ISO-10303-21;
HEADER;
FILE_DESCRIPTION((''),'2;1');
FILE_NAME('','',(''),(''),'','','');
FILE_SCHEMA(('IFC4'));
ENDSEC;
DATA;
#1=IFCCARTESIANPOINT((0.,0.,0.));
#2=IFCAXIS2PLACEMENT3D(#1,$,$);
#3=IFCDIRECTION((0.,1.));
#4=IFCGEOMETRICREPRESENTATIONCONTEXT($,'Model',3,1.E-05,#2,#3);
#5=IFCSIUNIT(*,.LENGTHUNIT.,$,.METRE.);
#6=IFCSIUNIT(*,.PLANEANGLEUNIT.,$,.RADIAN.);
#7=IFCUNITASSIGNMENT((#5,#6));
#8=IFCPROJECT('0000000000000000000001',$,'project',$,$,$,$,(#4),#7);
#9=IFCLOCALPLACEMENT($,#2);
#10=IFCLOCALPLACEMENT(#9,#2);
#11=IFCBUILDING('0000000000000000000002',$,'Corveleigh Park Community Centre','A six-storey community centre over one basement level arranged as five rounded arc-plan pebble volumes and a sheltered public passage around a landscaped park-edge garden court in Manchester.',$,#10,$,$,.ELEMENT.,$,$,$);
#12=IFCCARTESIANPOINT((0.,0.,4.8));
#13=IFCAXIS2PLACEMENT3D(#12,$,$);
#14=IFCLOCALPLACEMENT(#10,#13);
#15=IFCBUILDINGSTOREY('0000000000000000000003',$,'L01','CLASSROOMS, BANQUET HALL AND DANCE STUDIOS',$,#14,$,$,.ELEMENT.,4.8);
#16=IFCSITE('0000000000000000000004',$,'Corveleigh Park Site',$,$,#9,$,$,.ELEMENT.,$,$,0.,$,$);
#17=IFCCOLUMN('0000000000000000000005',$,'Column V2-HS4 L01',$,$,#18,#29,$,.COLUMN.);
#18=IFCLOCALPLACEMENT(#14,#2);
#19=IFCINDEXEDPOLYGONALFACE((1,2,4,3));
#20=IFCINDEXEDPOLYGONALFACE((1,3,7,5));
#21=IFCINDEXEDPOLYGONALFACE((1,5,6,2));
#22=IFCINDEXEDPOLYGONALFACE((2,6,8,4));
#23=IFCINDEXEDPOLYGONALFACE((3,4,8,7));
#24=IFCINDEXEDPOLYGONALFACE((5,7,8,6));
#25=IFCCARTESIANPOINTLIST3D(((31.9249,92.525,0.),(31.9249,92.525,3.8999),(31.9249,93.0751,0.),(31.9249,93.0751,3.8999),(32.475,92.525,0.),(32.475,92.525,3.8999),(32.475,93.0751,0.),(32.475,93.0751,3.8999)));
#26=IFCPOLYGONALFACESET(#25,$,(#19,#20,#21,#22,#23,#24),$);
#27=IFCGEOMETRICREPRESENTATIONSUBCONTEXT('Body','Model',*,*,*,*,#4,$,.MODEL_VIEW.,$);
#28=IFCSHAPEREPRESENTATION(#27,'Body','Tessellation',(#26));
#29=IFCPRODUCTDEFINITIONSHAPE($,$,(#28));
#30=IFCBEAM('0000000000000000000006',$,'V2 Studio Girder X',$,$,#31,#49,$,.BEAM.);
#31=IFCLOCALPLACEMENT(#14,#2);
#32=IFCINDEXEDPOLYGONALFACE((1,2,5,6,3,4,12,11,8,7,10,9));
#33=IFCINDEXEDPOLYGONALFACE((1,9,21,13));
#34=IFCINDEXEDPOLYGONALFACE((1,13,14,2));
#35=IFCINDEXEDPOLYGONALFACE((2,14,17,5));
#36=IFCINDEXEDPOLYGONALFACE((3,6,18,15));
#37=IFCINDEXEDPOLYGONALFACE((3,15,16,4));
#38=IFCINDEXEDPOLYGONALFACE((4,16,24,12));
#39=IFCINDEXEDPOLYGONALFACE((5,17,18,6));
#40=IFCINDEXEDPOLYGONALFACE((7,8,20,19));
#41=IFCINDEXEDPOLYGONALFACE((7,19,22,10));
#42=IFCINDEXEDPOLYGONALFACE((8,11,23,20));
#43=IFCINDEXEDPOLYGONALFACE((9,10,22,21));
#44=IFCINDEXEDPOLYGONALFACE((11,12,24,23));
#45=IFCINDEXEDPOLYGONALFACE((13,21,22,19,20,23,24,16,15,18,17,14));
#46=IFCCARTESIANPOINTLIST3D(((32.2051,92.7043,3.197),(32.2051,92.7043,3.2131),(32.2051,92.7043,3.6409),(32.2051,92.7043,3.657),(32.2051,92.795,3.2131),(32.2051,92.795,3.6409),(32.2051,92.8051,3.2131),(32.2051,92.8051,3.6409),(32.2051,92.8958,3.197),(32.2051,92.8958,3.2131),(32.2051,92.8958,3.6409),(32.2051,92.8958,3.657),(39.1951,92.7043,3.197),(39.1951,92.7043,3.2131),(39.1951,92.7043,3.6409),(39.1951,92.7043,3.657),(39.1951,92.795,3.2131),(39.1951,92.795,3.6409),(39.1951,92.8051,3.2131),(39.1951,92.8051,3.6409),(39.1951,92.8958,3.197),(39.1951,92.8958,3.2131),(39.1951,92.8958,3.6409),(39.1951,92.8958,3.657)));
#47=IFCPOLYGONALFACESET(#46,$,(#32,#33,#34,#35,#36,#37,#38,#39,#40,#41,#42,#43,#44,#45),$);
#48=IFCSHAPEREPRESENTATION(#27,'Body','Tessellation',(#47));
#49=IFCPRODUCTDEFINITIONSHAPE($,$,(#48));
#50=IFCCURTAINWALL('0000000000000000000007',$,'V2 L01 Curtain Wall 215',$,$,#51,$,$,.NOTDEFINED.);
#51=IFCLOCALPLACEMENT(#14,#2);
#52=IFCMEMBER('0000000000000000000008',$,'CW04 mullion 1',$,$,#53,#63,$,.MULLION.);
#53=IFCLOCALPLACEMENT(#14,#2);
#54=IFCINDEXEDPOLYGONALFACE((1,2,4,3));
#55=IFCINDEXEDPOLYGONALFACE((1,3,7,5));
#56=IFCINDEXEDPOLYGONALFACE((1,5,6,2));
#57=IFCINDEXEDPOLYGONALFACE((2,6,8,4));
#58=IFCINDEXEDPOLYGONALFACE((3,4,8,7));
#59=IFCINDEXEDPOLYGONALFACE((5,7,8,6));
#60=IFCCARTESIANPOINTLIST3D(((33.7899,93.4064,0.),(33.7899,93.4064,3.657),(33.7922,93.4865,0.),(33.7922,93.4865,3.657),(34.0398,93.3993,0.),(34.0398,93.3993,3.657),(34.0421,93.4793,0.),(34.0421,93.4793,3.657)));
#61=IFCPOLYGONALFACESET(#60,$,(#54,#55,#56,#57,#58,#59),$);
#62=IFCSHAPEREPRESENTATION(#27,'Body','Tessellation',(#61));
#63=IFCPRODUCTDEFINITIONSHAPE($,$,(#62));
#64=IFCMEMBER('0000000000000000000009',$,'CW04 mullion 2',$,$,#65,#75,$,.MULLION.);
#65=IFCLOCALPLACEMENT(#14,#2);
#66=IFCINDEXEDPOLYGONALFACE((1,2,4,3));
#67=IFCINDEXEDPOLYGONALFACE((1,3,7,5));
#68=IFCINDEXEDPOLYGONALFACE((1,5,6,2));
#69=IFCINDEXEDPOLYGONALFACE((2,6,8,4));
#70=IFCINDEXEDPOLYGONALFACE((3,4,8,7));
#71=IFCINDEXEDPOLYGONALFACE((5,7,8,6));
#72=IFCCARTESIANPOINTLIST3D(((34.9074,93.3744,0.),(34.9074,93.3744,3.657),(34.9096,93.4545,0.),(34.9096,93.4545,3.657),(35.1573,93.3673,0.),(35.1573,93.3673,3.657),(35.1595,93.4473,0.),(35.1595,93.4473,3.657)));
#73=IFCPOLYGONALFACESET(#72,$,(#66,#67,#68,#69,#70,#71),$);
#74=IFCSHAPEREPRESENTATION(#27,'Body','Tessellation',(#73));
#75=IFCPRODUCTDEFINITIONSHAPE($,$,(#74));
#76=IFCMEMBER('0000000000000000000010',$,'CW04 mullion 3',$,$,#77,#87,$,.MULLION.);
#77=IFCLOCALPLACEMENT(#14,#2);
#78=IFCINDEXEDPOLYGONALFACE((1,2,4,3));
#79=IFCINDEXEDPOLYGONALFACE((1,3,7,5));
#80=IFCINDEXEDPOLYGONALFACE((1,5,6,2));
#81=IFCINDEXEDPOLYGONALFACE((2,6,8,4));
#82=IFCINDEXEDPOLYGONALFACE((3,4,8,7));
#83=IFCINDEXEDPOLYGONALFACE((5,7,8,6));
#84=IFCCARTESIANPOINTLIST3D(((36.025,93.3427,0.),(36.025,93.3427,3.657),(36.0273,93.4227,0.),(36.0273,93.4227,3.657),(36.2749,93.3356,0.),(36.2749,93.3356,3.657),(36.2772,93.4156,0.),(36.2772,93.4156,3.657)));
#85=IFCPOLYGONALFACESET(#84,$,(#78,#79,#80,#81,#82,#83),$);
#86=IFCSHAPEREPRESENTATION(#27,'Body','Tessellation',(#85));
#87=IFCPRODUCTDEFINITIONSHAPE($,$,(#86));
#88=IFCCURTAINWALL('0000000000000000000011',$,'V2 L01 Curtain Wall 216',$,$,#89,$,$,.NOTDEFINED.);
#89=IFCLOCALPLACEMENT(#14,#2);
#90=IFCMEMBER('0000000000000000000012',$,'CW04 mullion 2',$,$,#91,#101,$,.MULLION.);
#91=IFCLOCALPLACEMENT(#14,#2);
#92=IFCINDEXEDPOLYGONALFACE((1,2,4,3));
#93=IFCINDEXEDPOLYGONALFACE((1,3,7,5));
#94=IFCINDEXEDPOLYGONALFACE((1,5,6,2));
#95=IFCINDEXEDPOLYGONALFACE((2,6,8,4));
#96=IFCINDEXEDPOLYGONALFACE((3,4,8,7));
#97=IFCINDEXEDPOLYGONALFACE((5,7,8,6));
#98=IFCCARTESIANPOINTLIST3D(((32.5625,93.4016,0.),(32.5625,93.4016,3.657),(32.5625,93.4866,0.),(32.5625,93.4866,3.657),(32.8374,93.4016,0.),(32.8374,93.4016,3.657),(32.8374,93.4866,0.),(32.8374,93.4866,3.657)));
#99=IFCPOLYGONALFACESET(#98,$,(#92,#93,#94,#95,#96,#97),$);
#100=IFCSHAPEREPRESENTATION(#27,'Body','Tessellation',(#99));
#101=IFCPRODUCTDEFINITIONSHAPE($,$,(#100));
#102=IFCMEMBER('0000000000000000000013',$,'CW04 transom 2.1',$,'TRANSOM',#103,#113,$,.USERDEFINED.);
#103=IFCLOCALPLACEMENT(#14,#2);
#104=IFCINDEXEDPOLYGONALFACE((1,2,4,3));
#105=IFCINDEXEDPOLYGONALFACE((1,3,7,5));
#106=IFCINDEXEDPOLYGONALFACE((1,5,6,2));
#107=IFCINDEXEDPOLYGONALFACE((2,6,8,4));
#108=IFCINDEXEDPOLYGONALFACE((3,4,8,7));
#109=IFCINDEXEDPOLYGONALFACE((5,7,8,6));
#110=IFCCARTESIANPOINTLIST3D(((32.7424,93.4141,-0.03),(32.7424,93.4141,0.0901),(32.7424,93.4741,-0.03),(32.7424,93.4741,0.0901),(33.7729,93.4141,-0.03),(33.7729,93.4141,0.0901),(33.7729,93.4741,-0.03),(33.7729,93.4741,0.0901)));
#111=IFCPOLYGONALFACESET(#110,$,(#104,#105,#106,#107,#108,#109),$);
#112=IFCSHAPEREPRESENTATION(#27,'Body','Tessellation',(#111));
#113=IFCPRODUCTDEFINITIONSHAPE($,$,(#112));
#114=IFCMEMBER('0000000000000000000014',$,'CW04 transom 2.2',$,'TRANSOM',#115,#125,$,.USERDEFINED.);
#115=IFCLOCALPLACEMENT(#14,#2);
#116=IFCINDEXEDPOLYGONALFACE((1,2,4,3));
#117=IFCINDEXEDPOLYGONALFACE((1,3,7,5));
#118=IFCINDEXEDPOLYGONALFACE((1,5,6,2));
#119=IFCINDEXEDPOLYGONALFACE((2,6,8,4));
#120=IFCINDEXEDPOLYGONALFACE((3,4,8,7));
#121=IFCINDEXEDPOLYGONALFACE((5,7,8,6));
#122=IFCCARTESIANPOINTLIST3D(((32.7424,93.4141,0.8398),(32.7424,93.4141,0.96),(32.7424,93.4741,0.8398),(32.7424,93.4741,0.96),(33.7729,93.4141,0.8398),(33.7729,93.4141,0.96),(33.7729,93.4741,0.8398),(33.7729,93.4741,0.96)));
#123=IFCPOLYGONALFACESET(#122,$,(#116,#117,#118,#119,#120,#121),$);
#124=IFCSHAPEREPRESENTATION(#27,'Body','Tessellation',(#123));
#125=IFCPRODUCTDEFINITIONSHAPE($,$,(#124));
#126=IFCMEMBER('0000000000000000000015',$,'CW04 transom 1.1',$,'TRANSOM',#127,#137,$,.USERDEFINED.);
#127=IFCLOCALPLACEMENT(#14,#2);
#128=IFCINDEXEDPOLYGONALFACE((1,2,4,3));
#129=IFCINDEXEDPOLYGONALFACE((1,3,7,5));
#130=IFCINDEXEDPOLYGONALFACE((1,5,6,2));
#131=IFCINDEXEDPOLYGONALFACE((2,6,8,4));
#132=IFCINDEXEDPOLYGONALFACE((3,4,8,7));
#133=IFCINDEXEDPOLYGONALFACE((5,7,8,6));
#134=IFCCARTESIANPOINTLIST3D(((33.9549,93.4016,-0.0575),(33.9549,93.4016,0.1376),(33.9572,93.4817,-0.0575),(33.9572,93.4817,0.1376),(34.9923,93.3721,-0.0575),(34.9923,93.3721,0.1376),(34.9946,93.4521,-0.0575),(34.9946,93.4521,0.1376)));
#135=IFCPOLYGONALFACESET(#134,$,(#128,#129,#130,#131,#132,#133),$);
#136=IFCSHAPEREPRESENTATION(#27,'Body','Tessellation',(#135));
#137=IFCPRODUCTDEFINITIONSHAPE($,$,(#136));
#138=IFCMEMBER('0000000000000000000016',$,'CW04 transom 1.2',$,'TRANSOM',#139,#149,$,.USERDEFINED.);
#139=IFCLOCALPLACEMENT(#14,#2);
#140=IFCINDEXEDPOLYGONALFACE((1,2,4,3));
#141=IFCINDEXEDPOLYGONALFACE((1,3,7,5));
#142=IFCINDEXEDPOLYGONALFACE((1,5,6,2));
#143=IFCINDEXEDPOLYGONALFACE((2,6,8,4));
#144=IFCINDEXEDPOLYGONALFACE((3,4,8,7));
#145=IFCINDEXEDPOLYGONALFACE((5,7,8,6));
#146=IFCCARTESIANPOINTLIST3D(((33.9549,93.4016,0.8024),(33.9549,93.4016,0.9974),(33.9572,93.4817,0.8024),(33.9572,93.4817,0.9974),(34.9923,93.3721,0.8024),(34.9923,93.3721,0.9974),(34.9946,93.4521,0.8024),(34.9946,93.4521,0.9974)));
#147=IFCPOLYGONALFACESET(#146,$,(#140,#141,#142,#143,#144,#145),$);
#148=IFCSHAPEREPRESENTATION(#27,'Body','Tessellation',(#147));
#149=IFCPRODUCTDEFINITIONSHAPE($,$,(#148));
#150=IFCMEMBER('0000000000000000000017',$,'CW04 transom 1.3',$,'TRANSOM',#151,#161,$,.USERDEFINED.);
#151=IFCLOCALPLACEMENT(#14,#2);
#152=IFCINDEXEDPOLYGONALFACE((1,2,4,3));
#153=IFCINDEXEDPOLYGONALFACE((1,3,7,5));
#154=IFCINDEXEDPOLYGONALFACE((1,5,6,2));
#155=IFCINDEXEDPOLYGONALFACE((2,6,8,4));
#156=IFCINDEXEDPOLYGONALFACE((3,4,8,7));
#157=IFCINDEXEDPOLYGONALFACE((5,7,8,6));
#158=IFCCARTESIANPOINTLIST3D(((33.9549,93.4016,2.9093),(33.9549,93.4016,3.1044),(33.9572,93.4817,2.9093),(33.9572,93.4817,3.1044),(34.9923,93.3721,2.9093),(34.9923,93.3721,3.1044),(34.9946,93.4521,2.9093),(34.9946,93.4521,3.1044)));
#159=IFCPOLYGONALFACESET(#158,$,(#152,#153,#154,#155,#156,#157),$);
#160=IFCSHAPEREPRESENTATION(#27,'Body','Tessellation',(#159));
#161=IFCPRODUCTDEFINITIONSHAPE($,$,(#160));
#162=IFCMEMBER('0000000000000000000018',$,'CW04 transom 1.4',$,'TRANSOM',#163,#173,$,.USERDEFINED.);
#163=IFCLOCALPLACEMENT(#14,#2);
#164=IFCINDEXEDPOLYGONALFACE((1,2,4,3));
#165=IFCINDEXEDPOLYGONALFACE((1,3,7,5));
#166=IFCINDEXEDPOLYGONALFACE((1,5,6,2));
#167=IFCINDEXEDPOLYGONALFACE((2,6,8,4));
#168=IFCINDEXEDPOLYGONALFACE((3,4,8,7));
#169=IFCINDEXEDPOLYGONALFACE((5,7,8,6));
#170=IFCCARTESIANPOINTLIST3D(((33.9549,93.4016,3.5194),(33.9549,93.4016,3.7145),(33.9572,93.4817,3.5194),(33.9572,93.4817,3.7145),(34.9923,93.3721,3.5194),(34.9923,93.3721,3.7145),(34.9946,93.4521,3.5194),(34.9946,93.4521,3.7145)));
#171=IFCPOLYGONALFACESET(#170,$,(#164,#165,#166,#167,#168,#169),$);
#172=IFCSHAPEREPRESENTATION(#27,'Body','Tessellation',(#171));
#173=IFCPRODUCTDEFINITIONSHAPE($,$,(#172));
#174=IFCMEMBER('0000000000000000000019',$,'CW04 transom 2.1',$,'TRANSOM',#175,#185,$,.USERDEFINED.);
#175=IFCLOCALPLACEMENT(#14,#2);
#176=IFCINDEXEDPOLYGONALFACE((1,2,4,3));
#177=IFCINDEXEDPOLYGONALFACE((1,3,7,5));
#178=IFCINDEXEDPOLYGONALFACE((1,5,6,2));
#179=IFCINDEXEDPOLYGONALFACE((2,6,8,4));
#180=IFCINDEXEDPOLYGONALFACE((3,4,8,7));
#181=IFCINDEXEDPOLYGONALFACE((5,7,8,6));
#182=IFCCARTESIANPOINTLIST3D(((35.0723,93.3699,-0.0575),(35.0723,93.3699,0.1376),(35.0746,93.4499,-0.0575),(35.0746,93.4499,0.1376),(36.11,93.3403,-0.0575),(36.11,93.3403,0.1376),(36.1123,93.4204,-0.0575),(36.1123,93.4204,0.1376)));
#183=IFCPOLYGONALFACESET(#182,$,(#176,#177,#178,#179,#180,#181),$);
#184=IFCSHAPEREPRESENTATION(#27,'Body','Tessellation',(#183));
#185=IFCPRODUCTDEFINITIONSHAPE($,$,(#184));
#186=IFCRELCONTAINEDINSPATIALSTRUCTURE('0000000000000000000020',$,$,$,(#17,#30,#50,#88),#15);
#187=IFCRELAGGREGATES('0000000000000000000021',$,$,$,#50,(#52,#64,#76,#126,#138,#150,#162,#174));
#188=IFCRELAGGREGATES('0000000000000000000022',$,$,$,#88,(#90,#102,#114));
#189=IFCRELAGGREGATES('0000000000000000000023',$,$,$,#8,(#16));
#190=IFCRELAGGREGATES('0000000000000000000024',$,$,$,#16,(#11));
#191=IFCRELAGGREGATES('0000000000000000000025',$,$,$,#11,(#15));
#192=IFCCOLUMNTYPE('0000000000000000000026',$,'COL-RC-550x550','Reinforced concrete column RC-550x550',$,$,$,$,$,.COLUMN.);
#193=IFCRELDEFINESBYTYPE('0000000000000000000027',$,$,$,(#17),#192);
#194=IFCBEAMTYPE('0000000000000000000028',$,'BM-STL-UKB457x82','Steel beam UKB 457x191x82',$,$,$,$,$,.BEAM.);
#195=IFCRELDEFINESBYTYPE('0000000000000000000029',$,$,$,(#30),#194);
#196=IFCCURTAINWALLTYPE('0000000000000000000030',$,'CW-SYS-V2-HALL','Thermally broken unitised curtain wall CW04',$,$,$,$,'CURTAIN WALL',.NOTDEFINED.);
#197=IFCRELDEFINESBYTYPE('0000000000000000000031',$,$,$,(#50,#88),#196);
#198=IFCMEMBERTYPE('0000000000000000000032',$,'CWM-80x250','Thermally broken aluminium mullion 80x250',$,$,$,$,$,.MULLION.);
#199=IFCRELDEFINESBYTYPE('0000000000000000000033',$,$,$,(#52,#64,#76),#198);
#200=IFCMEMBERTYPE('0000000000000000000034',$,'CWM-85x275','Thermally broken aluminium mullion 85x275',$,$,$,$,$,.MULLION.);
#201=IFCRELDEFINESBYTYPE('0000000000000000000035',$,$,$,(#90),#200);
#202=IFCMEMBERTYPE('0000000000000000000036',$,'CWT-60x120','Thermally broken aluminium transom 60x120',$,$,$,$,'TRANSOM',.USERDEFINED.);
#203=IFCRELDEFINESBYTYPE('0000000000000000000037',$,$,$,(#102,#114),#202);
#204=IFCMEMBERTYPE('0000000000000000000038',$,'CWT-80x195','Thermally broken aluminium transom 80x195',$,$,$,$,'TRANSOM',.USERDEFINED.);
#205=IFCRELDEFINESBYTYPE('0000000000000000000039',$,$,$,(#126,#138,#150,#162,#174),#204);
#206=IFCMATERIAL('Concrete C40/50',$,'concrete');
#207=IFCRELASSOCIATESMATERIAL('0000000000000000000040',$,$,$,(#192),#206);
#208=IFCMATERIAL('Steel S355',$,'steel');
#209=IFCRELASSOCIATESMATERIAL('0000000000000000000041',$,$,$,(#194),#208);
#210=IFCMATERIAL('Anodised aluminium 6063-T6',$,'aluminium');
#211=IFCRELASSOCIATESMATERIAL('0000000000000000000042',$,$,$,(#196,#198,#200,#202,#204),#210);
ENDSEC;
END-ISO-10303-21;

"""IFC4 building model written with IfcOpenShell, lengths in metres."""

from ifc_helpers import new_model, si_unit, direction, frame, origin, origin_2d, place, context, subcontext, project, spatial, rectangle, i_section, extrude, material, material_profile, profile_set, type_object, element, aggregate, save


model = new_model("IFC4")

# Units and contexts
model_context = context("Model", 3, precision=1e-05, world=origin(), true_north=direction((0.0, 1.0)))
body_context = subcontext(model_context, "Body", "Model", "MODEL_VIEW")
ifc_project = project(units=[si_unit("LENGTHUNIT", "METRE"), si_unit("PLANEANGLEUNIT", "RADIAN")], contexts=[model_context])

# Site, building, storey
site_placement = place(None, origin())
site = spatial("IfcSite", under=ifc_project, at=site_placement, Name="Corveleigh Park Site", CompositionType="ELEMENT", RefElevation=0.0)
building_placement = place(site_placement, origin())
building = spatial("IfcBuilding", under=site, at=building_placement, Name="Corveleigh Park Community Centre", Description="A six-storey community centre over one basement level arranged as five rounded arc-plan pebble volumes and a sheltered public passage around a landscaped park-edge garden court in Manchester.", CompositionType="ELEMENT")
storey_placement = place(building_placement, frame((0.0, 0.0, 4.8)))
storey = spatial("IfcBuildingStorey", under=building, at=storey_placement, Name="L01", Description="CLASSROOMS, BANQUET HALL AND DANCE STUDIOS", CompositionType="ELEMENT", Elevation=4.8)

# Column
ifc_material_1 = material(Name="Concrete C40/50", Category="concrete")
ifc_material_profile_1 = material_profile(ifc_material_1, rectangle(XDim=0.55, YDim=0.55, at=origin_2d()), Name="RC-550x550", Category="concrete")
ifc_profile_set_1 = profile_set([ifc_material_profile_1], Name="Concrete C40/50")
column_type = type_object("IfcColumnType", Name="COL-RC-550x550", Description="Reinforced concrete column RC-550x550", PredefinedType="COLUMN", material=ifc_profile_set_1)
column_placement = place(storey_placement, frame((32.2, 92.8, 0.0), z_axis=(0.0, 0.0, 1.0), x_axis=(1.0, 0.0, 0.0)))
element("IfcColumn", 1, at=column_placement, inside=storey, type_object=column_type, Name="Column V2-HS4 L01", PredefinedType="COLUMN", context=body_context, shape_type="SweptSolid", body=[
    extrude(rectangle(XDim=0.55, YDim=0.55, at=origin_2d()), origin(), (0.0, 0.0, 1.0), 3.8999),
])

# Beam
ifc_material_2 = material(Name="Steel S355", Category="steel")
ifc_material_profile_2 = material_profile(ifc_material_2, i_section(OverallWidth=0.1914, OverallDepth=0.46, WebThickness=0.01, FlangeThickness=0.0161, at=origin_2d()), Name="UKB 457x191x82", Category="steel")
ifc_profile_set_2 = profile_set([ifc_material_profile_2], Name="Steel S355")
beam_type = type_object("IfcBeamType", Name="BM-STL-UKB457x82", Description="Steel beam UKB 457x191x82", PredefinedType="BEAM", material=ifc_profile_set_2)
beam_placement = place(storey_placement, frame((32.2051, 92.8, 3.427), z_axis=(1.0, 0.0, 0.0), x_axis=(0.0, 1.0, 0.0)))
element("IfcBeam", 2, at=beam_placement, inside=storey, type_object=beam_type, Name="V2 Studio Girder X", PredefinedType="BEAM", context=body_context, shape_type="SweptSolid", body=[
    extrude(i_section(OverallWidth=0.1914, OverallDepth=0.46, WebThickness=0.01, FlangeThickness=0.0161, at=origin_2d()), origin(), (0.0, 0.0, 1.0), 6.99),
])

# Curtain walls, members
ifc_material_3 = material(Name="Anodised aluminium 6063-T6", Category="aluminium")
curtain_wall_type = type_object("IfcCurtainWallType", Name="CW-SYS-V2-HALL", Description="Thermally broken unitised curtain wall CW04", ElementType="CURTAIN WALL", PredefinedType="NOTDEFINED", material=ifc_material_3)
curtain_wall_1_placement = place(storey_placement, origin())
curtain_wall_1 = element("IfcCurtainWall", 3, at=curtain_wall_1_placement, inside=storey, type_object=curtain_wall_type, Name="V2 L01 Curtain Wall 215", PredefinedType="NOTDEFINED")
ifc_material_profile_3 = material_profile(ifc_material_3, rectangle(XDim=0.0801, YDim=0.25, at=origin_2d()), Name="ALU-M80x250", Category="aluminium")
ifc_profile_set_3 = profile_set([ifc_material_profile_3], Name="Anodised aluminium 6063-T6")
member_type_1 = type_object("IfcMemberType", Name="CWM-80x250", Description="Thermally broken aluminium mullion 80x250", PredefinedType="MULLION", material=ifc_profile_set_3)
member_1_placement = place(storey_placement, frame((33.916, 93.4429, 0.0), z_axis=(0.0, 0.0, 1.0), x_axis=(0.028498, 0.999594, 0.0)))
member_1 = element("IfcMember", 4, at=member_1_placement, type_object=member_type_1, Name="CW04 mullion 1", PredefinedType="MULLION", context=body_context, shape_type="SweptSolid", body=[
    extrude(rectangle(XDim=0.0801, YDim=0.25, at=origin_2d()), origin(), (0.0, 0.0, 1.0), 3.657),
])
member_2_placement = place(storey_placement, frame((35.0334, 93.4109, 0.0), z_axis=(0.0, 0.0, 1.0), x_axis=(0.028498, 0.999594, 0.0)))
member_2 = element("IfcMember", 5, at=member_2_placement, type_object=member_type_1, Name="CW04 mullion 2", PredefinedType="MULLION", context=body_context, shape_type="SweptSolid", body=[
    extrude(rectangle(XDim=0.0801, YDim=0.25, at=origin_2d()), origin(), (0.0, 0.0, 1.0), 3.657),
])
member_3_placement = place(storey_placement, frame((36.1511, 93.3792, 0.0), z_axis=(0.0, 0.0, 1.0), x_axis=(0.028498, 0.999594, 0.0)))
member_3 = element("IfcMember", 6, at=member_3_placement, type_object=member_type_1, Name="CW04 mullion 3", PredefinedType="MULLION", context=body_context, shape_type="SweptSolid", body=[
    extrude(rectangle(XDim=0.0801, YDim=0.25, at=origin_2d()), origin(), (0.0, 0.0, 1.0), 3.657),
])
curtain_wall_2_placement = place(storey_placement, origin())
curtain_wall_2 = element("IfcCurtainWall", 7, at=curtain_wall_2_placement, inside=storey, type_object=curtain_wall_type, Name="V2 L01 Curtain Wall 216", PredefinedType="NOTDEFINED")
ifc_material_profile_4 = material_profile(ifc_material_3, rectangle(XDim=0.085, YDim=0.2749, at=origin_2d()), Name="ALU-M85x275", Category="aluminium")
ifc_profile_set_4 = profile_set([ifc_material_profile_4], Name="Anodised aluminium 6063-T6")
member_type_2 = type_object("IfcMemberType", Name="CWM-85x275", Description="Thermally broken aluminium mullion 85x275", PredefinedType="MULLION", material=ifc_profile_set_4)
member_4_placement = place(storey_placement, frame((32.7, 93.4441, 0.0), z_axis=(0.0, 0.0, 1.0), x_axis=(0.0, 1.0, 0.0)))
member_4 = element("IfcMember", 8, at=member_4_placement, type_object=member_type_2, Name="CW04 mullion 2", PredefinedType="MULLION", context=body_context, shape_type="SweptSolid", body=[
    extrude(rectangle(XDim=0.085, YDim=0.2749, at=origin_2d()), origin(), (0.0, 0.0, 1.0), 3.657),
])
ifc_material_profile_5 = material_profile(ifc_material_3, rectangle(XDim=0.0601, YDim=0.1201, at=origin_2d()), Name="ALU-T60x120", Category="aluminium")
ifc_profile_set_5 = profile_set([ifc_material_profile_5], Name="Anodised aluminium 6063-T6")
member_type_3 = type_object("IfcMemberType", Name="CWT-60x120", Description="Thermally broken aluminium transom 60x120", ElementType="TRANSOM", PredefinedType="USERDEFINED", material=ifc_profile_set_5)
member_5_placement = place(storey_placement, frame((32.7424, 93.4441, 0.03), z_axis=(1.0, 0.0, 0.0), x_axis=(0.0, 1.0, 0.0)))
member_5 = element("IfcMember", 9, at=member_5_placement, type_object=member_type_3, Name="CW04 transom 2.1", ObjectType="TRANSOM", PredefinedType="USERDEFINED", context=body_context, shape_type="SweptSolid", body=[
    extrude(rectangle(XDim=0.0601, YDim=0.1201, at=origin_2d()), origin(), (0.0, 0.0, 1.0), 1.0305),
])
member_6_placement = place(storey_placement, frame((32.7424, 93.4441, 0.8999), z_axis=(1.0, 0.0, 0.0), x_axis=(0.0, 1.0, 0.0)))
member_6 = element("IfcMember", 10, at=member_6_placement, type_object=member_type_3, Name="CW04 transom 2.2", ObjectType="TRANSOM", PredefinedType="USERDEFINED", context=body_context, shape_type="SweptSolid", body=[
    extrude(rectangle(XDim=0.0601, YDim=0.1201, at=origin_2d()), origin(), (0.0, 0.0, 1.0), 1.0305),
])

# Members
ifc_material_profile_6 = material_profile(ifc_material_3, rectangle(XDim=0.0801, YDim=0.1951, at=origin_2d()), Name="ALU-T80x195", Category="aluminium")
ifc_profile_set_6 = profile_set([ifc_material_profile_6], Name="Anodised aluminium 6063-T6")
member_type_4 = type_object("IfcMemberType", Name="CWT-80x195", Description="Thermally broken aluminium transom 80x195", ElementType="TRANSOM", PredefinedType="USERDEFINED", material=ifc_profile_set_6)
member_7_placement = place(storey_placement, frame((33.9561, 93.4417, 0.04), z_axis=(0.999595, -0.028466, 0.0), x_axis=(0.028466, 0.999595, 0.0)))
member_7 = element("IfcMember", 11, at=member_7_placement, type_object=member_type_4, Name="CW04 transom 1.1", ObjectType="TRANSOM", PredefinedType="USERDEFINED", context=body_context, shape_type="SweptSolid", body=[
    extrude(rectangle(XDim=0.0801, YDim=0.1951, at=origin_2d()), origin(), (0.0, 0.0, 1.0), 1.0378),
])
member_8_placement = place(storey_placement, frame((33.9561, 93.4417, 0.8999), z_axis=(0.999595, -0.028466, 0.0), x_axis=(0.028466, 0.999595, 0.0)))
member_8 = element("IfcMember", 12, at=member_8_placement, type_object=member_type_4, Name="CW04 transom 1.2", ObjectType="TRANSOM", PredefinedType="USERDEFINED", context=body_context, shape_type="SweptSolid", body=[
    extrude(rectangle(XDim=0.0801, YDim=0.1951, at=origin_2d()), origin(), (0.0, 0.0, 1.0), 1.0378),
])
member_9_placement = place(storey_placement, frame((33.9561, 93.4417, 3.0068), z_axis=(0.999595, -0.028466, 0.0), x_axis=(0.028466, 0.999595, 0.0)))
member_9 = element("IfcMember", 13, at=member_9_placement, type_object=member_type_4, Name="CW04 transom 1.3", ObjectType="TRANSOM", PredefinedType="USERDEFINED", context=body_context, shape_type="SweptSolid", body=[
    extrude(rectangle(XDim=0.0801, YDim=0.1951, at=origin_2d()), origin(), (0.0, 0.0, 1.0), 1.0378),
])
member_10_placement = place(storey_placement, frame((33.9561, 93.4417, 3.6169), z_axis=(0.999595, -0.028466, 0.0), x_axis=(0.028466, 0.999595, 0.0)))
member_10 = element("IfcMember", 14, at=member_10_placement, type_object=member_type_4, Name="CW04 transom 1.4", ObjectType="TRANSOM", PredefinedType="USERDEFINED", context=body_context, shape_type="SweptSolid", body=[
    extrude(rectangle(XDim=0.0801, YDim=0.1951, at=origin_2d()), origin(), (0.0, 0.0, 1.0), 1.0378),
])
member_11_placement = place(storey_placement, frame((35.0735, 93.4099, 0.04), z_axis=(0.999595, -0.028459, 0.0), x_axis=(0.028459, 0.999595, 0.0)))
member_11 = element("IfcMember", 15, at=member_11_placement, type_object=member_type_4, Name="CW04 transom 2.1", ObjectType="TRANSOM", PredefinedType="USERDEFINED", context=body_context, shape_type="SweptSolid", body=[
    extrude(rectangle(XDim=0.0801, YDim=0.1951, at=origin_2d()), origin(), (0.0, 0.0, 1.0), 1.0381),
])

aggregate(curtain_wall_1, [member_1, member_2, member_3, member_7, member_8, member_9, member_10, member_11])
aggregate(curtain_wall_2, [member_4, member_5, member_6])

save(model, "model.ifc")
